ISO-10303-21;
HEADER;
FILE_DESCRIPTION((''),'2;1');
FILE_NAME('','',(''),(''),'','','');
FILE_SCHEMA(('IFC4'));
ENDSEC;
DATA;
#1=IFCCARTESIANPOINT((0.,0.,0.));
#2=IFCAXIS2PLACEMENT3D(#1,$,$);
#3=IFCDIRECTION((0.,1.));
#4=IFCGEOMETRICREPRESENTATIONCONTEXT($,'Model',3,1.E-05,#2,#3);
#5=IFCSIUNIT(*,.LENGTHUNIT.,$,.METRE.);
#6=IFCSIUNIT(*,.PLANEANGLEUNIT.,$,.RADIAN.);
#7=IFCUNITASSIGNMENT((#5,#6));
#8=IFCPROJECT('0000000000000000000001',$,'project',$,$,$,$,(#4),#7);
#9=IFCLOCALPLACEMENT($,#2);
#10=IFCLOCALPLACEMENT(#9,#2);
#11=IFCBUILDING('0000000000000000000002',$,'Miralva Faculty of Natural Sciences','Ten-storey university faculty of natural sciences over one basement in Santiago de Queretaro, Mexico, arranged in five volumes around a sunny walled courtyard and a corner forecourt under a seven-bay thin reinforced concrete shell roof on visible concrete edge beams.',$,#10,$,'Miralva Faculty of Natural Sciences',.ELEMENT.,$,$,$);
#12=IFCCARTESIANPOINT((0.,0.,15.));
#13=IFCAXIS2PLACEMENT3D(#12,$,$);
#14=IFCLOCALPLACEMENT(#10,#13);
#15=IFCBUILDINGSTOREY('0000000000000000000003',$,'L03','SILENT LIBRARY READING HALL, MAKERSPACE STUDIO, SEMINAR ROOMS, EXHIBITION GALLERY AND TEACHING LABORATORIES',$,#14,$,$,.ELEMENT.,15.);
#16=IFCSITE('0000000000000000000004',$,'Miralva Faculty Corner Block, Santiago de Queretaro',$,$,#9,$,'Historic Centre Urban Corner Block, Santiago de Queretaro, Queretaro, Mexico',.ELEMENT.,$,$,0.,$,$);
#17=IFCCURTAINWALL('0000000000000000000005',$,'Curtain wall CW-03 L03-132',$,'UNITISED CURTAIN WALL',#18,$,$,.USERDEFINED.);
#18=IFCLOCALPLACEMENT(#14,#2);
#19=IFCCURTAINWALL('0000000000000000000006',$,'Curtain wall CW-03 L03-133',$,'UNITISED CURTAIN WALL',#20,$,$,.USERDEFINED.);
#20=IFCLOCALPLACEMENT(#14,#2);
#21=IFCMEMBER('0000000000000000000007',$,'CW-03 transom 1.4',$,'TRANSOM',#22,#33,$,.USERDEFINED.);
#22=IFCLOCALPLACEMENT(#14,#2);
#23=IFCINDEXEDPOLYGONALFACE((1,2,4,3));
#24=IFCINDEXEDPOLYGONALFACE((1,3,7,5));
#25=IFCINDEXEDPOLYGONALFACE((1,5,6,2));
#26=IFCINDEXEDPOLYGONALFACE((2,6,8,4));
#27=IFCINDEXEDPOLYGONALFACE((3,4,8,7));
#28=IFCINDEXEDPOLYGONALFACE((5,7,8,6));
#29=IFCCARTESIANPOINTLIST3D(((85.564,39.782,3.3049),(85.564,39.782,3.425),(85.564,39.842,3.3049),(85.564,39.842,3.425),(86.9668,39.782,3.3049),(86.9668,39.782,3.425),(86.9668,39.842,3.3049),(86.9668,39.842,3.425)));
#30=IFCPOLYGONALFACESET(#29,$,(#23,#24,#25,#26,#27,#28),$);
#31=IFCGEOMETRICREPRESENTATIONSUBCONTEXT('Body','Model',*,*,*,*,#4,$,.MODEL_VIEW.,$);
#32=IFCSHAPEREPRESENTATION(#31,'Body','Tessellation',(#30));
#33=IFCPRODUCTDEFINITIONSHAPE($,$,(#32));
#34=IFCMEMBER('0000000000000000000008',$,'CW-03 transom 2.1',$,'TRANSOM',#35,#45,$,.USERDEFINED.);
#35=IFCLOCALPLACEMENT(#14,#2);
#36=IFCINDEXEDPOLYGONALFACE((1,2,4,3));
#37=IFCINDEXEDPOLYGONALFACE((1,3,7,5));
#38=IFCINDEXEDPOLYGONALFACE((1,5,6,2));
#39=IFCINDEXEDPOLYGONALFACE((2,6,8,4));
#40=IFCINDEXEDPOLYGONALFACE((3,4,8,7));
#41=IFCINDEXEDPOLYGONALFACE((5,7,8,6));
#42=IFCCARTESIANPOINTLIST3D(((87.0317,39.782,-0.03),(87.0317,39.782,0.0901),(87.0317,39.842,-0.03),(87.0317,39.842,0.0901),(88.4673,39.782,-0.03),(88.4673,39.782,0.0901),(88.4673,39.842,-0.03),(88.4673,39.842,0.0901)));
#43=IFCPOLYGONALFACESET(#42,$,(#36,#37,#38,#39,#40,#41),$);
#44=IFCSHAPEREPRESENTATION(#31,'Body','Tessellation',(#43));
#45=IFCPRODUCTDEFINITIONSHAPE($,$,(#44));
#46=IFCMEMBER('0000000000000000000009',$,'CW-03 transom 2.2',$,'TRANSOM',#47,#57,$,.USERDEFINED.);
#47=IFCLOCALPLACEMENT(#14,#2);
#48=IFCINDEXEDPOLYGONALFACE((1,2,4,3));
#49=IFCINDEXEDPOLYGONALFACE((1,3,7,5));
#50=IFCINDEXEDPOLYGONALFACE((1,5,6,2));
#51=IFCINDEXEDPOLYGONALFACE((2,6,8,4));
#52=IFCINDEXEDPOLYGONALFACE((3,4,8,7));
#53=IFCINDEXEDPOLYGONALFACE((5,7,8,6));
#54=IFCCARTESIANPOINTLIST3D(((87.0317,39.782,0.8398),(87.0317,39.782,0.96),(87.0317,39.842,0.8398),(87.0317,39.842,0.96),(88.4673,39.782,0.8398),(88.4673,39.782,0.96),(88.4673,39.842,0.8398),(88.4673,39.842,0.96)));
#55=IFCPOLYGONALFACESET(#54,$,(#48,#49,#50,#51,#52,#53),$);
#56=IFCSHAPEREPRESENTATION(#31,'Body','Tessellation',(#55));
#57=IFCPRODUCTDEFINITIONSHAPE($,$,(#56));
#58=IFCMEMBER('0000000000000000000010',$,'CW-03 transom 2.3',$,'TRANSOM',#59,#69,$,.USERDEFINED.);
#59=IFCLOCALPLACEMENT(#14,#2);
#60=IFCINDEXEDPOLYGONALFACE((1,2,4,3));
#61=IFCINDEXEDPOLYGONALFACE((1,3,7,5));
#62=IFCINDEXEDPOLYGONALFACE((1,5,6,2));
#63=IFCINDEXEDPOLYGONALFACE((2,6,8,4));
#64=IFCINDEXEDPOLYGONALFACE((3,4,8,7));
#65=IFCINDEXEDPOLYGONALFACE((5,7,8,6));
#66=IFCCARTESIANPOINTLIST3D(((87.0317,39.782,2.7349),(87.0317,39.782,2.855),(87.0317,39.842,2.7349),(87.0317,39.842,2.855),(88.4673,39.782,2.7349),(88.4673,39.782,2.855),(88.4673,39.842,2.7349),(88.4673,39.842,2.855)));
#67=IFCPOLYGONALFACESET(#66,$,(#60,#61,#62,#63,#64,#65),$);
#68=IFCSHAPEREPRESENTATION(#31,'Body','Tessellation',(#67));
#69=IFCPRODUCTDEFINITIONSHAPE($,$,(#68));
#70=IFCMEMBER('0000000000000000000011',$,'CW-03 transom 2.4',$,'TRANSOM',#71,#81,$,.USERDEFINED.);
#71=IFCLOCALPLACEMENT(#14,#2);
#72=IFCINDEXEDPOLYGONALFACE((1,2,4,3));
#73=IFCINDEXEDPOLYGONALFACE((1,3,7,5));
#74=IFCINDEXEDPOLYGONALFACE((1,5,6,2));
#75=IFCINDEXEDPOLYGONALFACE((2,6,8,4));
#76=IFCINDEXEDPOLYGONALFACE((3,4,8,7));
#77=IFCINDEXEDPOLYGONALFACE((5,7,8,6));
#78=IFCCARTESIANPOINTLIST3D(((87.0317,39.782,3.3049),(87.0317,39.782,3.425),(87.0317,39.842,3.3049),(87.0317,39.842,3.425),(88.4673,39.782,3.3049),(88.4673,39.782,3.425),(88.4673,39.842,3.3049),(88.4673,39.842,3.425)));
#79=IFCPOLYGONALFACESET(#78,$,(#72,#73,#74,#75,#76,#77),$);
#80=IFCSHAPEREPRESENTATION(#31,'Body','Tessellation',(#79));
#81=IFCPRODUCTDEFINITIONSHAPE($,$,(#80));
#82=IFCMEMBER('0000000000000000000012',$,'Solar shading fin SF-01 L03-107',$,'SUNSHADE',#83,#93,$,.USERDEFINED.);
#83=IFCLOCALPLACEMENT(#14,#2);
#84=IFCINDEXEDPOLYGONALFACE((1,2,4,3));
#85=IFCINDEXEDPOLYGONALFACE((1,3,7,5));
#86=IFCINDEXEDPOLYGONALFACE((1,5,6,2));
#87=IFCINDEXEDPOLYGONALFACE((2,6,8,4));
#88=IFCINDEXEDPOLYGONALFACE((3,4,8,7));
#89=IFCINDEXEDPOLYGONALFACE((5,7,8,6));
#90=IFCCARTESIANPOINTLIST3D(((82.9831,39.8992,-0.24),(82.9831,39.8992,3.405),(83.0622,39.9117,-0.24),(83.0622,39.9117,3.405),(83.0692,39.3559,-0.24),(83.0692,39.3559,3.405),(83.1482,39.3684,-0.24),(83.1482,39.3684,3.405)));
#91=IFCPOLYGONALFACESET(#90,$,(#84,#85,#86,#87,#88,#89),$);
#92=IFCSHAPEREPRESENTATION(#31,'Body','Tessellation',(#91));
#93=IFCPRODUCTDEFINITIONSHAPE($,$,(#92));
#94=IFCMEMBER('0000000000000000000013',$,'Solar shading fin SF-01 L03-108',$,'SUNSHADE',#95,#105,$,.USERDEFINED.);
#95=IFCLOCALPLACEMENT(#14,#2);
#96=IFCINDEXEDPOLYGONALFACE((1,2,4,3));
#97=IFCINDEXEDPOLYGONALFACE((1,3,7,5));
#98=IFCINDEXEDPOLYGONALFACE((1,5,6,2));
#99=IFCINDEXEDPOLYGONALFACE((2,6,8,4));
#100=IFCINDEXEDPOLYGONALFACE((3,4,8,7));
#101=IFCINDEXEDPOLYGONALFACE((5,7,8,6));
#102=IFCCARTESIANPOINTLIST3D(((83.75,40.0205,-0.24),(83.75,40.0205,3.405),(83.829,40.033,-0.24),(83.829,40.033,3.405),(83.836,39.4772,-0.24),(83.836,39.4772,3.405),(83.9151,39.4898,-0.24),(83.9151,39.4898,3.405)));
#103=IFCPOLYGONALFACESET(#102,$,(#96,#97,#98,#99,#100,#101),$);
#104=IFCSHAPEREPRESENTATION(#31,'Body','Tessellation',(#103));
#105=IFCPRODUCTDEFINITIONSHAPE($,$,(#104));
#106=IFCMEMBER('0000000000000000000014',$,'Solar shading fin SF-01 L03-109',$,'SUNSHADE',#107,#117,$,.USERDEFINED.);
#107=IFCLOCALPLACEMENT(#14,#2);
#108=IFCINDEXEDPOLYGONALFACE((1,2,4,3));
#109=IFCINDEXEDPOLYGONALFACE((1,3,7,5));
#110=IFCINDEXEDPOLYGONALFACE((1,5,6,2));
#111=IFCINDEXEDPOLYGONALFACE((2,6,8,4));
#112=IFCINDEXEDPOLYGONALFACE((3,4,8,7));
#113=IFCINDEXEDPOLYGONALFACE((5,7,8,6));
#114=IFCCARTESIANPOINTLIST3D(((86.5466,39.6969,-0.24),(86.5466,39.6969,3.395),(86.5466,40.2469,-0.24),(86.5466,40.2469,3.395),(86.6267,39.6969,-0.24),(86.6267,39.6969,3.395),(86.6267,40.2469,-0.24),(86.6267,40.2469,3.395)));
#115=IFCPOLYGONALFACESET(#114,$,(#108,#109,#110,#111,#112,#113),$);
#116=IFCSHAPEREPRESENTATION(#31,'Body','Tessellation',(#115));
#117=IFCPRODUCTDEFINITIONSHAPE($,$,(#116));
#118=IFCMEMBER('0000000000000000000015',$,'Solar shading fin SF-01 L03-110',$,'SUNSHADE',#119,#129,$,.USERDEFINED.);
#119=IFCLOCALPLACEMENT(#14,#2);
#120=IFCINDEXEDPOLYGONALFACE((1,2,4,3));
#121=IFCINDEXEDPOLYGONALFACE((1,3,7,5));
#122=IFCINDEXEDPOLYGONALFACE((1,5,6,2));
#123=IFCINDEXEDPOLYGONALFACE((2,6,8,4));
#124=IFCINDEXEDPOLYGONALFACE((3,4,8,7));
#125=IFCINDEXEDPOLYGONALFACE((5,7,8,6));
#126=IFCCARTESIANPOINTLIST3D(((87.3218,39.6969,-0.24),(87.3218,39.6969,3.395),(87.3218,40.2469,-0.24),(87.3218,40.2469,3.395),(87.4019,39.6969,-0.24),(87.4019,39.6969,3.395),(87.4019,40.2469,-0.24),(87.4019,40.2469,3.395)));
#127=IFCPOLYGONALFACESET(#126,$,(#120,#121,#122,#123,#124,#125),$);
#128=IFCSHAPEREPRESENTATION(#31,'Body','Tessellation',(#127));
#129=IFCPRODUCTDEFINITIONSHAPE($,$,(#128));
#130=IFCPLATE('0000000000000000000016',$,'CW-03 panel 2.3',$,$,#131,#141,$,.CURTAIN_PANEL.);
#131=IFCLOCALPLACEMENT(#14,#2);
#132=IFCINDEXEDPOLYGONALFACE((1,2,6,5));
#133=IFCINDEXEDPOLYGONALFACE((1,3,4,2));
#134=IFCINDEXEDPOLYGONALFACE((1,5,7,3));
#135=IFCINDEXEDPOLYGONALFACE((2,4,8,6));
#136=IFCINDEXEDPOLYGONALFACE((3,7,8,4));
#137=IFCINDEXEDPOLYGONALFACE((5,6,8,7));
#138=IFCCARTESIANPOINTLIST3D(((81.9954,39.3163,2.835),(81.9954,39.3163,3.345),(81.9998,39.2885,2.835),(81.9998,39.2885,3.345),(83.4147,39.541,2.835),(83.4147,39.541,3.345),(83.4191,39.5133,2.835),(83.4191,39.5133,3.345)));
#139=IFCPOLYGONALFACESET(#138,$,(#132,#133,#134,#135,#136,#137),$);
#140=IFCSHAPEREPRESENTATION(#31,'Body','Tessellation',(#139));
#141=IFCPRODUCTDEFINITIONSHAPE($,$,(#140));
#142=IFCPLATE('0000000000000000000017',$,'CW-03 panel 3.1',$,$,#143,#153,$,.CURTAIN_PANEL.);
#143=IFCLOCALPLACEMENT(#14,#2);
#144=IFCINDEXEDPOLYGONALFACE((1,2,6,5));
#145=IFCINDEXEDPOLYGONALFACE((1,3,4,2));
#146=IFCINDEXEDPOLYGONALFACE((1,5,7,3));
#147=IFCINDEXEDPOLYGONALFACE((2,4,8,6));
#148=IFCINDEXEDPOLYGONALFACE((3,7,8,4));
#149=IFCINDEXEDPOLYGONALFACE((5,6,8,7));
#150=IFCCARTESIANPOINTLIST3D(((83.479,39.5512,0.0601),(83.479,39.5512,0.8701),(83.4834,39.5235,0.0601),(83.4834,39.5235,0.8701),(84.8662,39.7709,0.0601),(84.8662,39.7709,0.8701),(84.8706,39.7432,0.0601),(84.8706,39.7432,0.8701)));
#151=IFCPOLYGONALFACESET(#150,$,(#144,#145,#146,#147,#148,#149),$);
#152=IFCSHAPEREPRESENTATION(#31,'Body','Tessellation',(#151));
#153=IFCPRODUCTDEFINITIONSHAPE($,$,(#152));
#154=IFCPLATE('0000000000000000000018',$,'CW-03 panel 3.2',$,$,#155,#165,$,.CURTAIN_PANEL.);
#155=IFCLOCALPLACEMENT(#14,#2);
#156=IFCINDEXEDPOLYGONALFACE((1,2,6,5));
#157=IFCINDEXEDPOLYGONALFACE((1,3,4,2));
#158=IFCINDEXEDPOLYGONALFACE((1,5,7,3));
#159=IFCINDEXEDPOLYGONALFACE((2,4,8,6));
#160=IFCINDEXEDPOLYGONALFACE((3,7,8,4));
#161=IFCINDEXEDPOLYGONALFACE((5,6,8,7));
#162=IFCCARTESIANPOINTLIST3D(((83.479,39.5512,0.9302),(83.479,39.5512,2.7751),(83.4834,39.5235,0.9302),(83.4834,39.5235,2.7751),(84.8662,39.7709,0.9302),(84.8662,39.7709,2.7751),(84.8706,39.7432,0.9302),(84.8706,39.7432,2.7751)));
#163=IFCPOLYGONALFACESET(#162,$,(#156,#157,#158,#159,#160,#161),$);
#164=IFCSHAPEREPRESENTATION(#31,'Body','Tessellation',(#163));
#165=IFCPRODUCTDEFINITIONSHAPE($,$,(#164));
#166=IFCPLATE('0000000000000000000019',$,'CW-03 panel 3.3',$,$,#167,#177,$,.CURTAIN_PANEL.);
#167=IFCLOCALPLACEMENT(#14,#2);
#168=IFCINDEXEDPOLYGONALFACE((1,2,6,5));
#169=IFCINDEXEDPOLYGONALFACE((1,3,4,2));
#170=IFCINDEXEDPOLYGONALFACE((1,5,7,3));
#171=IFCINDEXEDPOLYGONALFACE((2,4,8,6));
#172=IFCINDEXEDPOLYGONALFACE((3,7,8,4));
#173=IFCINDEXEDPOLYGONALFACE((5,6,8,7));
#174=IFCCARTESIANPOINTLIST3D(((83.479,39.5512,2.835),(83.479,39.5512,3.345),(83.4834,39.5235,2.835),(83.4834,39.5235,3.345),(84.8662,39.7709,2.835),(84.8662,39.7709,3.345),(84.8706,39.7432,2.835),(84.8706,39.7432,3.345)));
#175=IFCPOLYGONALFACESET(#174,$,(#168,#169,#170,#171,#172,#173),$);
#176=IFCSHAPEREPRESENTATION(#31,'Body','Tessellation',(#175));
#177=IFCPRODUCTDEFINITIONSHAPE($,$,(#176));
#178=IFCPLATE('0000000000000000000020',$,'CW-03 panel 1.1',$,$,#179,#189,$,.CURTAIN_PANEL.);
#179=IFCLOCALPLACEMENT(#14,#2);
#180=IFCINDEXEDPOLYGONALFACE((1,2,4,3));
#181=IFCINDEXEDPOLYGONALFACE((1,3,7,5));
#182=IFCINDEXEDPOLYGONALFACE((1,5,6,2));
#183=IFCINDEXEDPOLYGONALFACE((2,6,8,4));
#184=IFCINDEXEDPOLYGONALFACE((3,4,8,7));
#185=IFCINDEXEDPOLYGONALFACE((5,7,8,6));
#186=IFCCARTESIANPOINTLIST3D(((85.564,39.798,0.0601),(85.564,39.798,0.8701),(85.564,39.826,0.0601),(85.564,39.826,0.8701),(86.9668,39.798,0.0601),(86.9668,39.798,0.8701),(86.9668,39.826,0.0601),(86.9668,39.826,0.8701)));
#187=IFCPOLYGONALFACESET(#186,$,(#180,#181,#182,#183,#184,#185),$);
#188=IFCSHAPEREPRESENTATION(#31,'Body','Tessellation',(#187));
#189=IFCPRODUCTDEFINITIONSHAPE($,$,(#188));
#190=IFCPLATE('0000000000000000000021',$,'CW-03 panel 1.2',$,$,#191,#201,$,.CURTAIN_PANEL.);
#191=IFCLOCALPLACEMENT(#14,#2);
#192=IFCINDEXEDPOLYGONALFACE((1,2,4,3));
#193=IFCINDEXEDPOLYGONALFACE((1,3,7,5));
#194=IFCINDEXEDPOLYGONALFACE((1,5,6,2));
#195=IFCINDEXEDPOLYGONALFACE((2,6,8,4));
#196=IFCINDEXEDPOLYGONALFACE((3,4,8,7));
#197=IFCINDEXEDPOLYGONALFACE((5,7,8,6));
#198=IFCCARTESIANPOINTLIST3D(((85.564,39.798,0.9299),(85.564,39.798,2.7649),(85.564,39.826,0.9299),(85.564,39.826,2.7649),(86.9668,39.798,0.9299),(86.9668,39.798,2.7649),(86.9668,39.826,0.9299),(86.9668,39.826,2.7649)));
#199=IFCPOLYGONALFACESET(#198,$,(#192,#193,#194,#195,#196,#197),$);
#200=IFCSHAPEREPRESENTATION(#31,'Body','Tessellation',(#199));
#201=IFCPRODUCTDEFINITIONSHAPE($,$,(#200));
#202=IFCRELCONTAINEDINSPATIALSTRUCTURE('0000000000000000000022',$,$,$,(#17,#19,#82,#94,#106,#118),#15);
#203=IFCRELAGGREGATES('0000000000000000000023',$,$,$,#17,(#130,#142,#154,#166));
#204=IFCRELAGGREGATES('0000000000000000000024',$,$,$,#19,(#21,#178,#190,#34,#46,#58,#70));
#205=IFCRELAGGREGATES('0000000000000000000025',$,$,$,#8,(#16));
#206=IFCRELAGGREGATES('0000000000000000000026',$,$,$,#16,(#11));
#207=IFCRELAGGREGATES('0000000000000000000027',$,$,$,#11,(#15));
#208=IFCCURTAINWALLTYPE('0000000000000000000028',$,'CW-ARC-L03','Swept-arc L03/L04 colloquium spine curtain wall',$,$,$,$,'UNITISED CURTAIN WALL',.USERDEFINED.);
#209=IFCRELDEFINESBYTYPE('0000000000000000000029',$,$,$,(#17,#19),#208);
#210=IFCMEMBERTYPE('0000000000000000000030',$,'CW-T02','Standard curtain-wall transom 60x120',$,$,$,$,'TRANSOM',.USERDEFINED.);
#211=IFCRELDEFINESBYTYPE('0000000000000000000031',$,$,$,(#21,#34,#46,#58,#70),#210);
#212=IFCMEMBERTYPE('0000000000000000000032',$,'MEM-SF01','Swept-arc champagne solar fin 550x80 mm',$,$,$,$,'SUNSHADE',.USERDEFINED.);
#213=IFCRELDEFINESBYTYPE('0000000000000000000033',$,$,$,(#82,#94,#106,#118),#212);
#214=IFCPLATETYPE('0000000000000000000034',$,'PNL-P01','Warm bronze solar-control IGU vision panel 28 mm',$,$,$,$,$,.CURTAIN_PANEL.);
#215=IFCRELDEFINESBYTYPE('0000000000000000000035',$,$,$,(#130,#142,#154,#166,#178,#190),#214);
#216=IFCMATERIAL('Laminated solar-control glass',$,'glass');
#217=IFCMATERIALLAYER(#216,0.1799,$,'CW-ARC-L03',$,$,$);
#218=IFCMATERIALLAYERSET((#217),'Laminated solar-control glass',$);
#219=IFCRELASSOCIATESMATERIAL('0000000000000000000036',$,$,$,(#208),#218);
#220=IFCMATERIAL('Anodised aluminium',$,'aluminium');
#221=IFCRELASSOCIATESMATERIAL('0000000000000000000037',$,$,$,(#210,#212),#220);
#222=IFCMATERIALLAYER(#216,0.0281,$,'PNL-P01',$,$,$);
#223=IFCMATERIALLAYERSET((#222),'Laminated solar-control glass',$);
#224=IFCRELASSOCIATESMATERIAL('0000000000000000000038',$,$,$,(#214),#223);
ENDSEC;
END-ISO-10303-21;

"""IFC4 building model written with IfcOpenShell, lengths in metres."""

from ifc_helpers import new_model, si_unit, direction, frame, origin, origin_2d, place, context, subcontext, project, spatial, rectangle, extrude, material, layer, layer_set, material_profile, profile_set, type_object, element, aggregate, save


model = new_model("IFC4")

# Units and contexts
model_context = context("Model", 3, precision=1e-05, world=origin(), true_north=direction((0.0, 1.0)))
body_context = subcontext(model_context, "Body", "Model", "MODEL_VIEW")
ifc_project = project(units=[si_unit("LENGTHUNIT", "METRE"), si_unit("PLANEANGLEUNIT", "RADIAN")], contexts=[model_context])

# Site, building, storey
site_placement = place(None, origin())
site = spatial("IfcSite", under=ifc_project, at=site_placement, Name="Miralva Faculty Corner Block, Santiago de Queretaro", LongName="Historic Centre Urban Corner Block, Santiago de Queretaro, Queretaro, Mexico", CompositionType="ELEMENT", RefElevation=0.0)
building_placement = place(site_placement, origin())
building = spatial("IfcBuilding", under=site, at=building_placement, Name="Miralva Faculty of Natural Sciences", Description="Ten-storey university faculty of natural sciences over one basement in Santiago de Queretaro, Mexico, arranged in five volumes around a sunny walled courtyard and a corner forecourt under a seven-bay thin reinforced concrete shell roof on visible concrete edge beams.", LongName="Miralva Faculty of Natural Sciences", CompositionType="ELEMENT")
storey_placement = place(building_placement, frame((0.0, 0.0, 15.0)))
storey = spatial("IfcBuildingStorey", under=building, at=storey_placement, Name="L03", Description="SILENT LIBRARY READING HALL, MAKERSPACE STUDIO, SEMINAR ROOMS, EXHIBITION GALLERY AND TEACHING LABORATORIES", CompositionType="ELEMENT", Elevation=15.0)

# Curtain walls
ifc_material_1 = material(Name="Laminated solar-control glass", Category="glass")
ifc_layer_1 = layer(ifc_material_1, 0.1799, Name="CW-ARC-L03")
ifc_layer_set_1 = layer_set([ifc_layer_1], Name="Laminated solar-control glass")
curtain_wall_type = type_object("IfcCurtainWallType", Name="CW-ARC-L03", Description="Swept-arc L03/L04 colloquium spine curtain wall", ElementType="UNITISED CURTAIN WALL", PredefinedType="USERDEFINED", material=ifc_layer_set_1)
curtain_wall_1_placement = place(storey_placement, origin())
curtain_wall_1 = element("IfcCurtainWall", 1, at=curtain_wall_1_placement, inside=storey, type_object=curtain_wall_type, Name="Curtain wall CW-03 L03-132", ObjectType="UNITISED CURTAIN WALL", PredefinedType="USERDEFINED")
ifc_material_2 = material(Name="Anodised aluminium", Category="aluminium")
curtain_wall_2_placement = place(storey_placement, origin())
curtain_wall_2 = element("IfcCurtainWall", 2, at=curtain_wall_2_placement, inside=storey, type_object=curtain_wall_type, Name="Curtain wall CW-03 L03-133", ObjectType="UNITISED CURTAIN WALL", PredefinedType="USERDEFINED")

# Members
ifc_material_profile_1 = material_profile(ifc_material_2, rectangle(XDim=0.0601, YDim=0.1201, at=origin_2d()), Name="TRANSOM 60x120")
ifc_profile_set_1 = profile_set([ifc_material_profile_1], Name="Anodised aluminium")
member_type_1 = type_object("IfcMemberType", Name="CW-T02", Description="Standard curtain-wall transom 60x120", ElementType="TRANSOM", PredefinedType="USERDEFINED", material=ifc_profile_set_1)
member_1_placement = place(storey_placement, frame((85.564, 39.812, 3.365), z_axis=(1.0, 0.0, 0.0), x_axis=(0.0, 1.0, 0.0)))
member_1 = element("IfcMember", 3, at=member_1_placement, type_object=member_type_1, Name="CW-03 transom 1.4", ObjectType="TRANSOM", PredefinedType="USERDEFINED", context=body_context, shape_type="SweptSolid", body=[
    extrude(rectangle(XDim=0.0601, YDim=0.1201, at=origin_2d()), origin(), (0.0, 0.0, 1.0), 1.4028),
])
member_2_placement = place(storey_placement, frame((87.0317, 39.812, 0.03), z_axis=(1.0, 0.0, 0.0), x_axis=(0.0, 1.0, 0.0)))
member_2 = element("IfcMember", 4, at=member_2_placement, type_object=member_type_1, Name="CW-03 transom 2.1", ObjectType="TRANSOM", PredefinedType="USERDEFINED", context=body_context, shape_type="SweptSolid", body=[
    extrude(rectangle(XDim=0.0601, YDim=0.1201, at=origin_2d()), origin(), (0.0, 0.0, 1.0), 1.4355),
])
member_3_placement = place(storey_placement, frame((87.0317, 39.812, 0.8999), z_axis=(1.0, 0.0, 0.0), x_axis=(0.0, 1.0, 0.0)))
member_3 = element("IfcMember", 5, at=member_3_placement, type_object=member_type_1, Name="CW-03 transom 2.2", ObjectType="TRANSOM", PredefinedType="USERDEFINED", context=body_context, shape_type="SweptSolid", body=[
    extrude(rectangle(XDim=0.0601, YDim=0.1201, at=origin_2d()), origin(), (0.0, 0.0, 1.0), 1.4355),
])
member_4_placement = place(storey_placement, frame((87.0317, 39.812, 2.7949), z_axis=(1.0, 0.0, 0.0), x_axis=(0.0, 1.0, 0.0)))
member_4 = element("IfcMember", 6, at=member_4_placement, type_object=member_type_1, Name="CW-03 transom 2.3", ObjectType="TRANSOM", PredefinedType="USERDEFINED", context=body_context, shape_type="SweptSolid", body=[
    extrude(rectangle(XDim=0.0601, YDim=0.1201, at=origin_2d()), origin(), (0.0, 0.0, 1.0), 1.4355),
])
member_5_placement = place(storey_placement, frame((87.0317, 39.812, 3.365), z_axis=(1.0, 0.0, 0.0), x_axis=(0.0, 1.0, 0.0)))
member_5 = element("IfcMember", 7, at=member_5_placement, type_object=member_type_1, Name="CW-03 transom 2.4", ObjectType="TRANSOM", PredefinedType="USERDEFINED", context=body_context, shape_type="SweptSolid", body=[
    extrude(rectangle(XDim=0.0601, YDim=0.1201, at=origin_2d()), origin(), (0.0, 0.0, 1.0), 1.4355),
])

# Members
ifc_material_profile_2 = material_profile(ifc_material_2, rectangle(XDim=0.0801, YDim=0.55, at=origin_2d()), Name="FIN 550x80")
ifc_profile_set_2 = profile_set([ifc_material_profile_2], Name="Anodised aluminium")
member_type_2 = type_object("IfcMemberType", Name="MEM-SF01", Description="Swept-arc champagne solar fin 550x80 mm", ElementType="SUNSHADE", PredefinedType="USERDEFINED", material=ifc_profile_set_2)
for number, where, z_axis, x_axis, name in (
    (8, (83.0657, 39.6338, -0.24), (0.0, 0.0, 1.0), (-0.987688, -0.156434, 0.0), "Solar shading fin SF-01 L03-107"),
    (9, (83.8325, 39.7551, -0.24), (0.0, 0.0, 1.0), (-0.987688, -0.156434, 0.0), "Solar shading fin SF-01 L03-108"),
):
    element("IfcMember", number, at=place(storey_placement, frame(where, z_axis=z_axis, x_axis=x_axis)), inside=storey, type_object=member_type_2, Name=name, ObjectType="SUNSHADE", PredefinedType="USERDEFINED", context=body_context, shape_type="SweptSolid", body=[
        extrude(rectangle(XDim=0.0801, YDim=0.55, at=origin_2d()), origin(), (0.0, 0.0, 1.0), 3.645),
    ])
for number, where, z_axis, x_axis, name in (
    (10, (86.5867, 39.9719, -0.24), (0.0, 0.0, 1.0), (-1.0, 0.0, 0.0), "Solar shading fin SF-01 L03-109"),
    (11, (87.3618, 39.9719, -0.24), (0.0, 0.0, 1.0), (-1.0, 0.0, 0.0), "Solar shading fin SF-01 L03-110"),
):
    element("IfcMember", number, at=place(storey_placement, frame(where, z_axis=z_axis, x_axis=x_axis)), inside=storey, type_object=member_type_2, Name=name, ObjectType="SUNSHADE", PredefinedType="USERDEFINED", context=body_context, shape_type="SweptSolid", body=[
        extrude(rectangle(XDim=0.0801, YDim=0.55, at=origin_2d()), origin(), (0.0, 0.0, 1.0), 3.635),
    ])

# Plates
ifc_layer_2 = layer(ifc_material_1, 0.0281, Name="PNL-P01")
ifc_layer_set_2 = layer_set([ifc_layer_2], Name="Laminated solar-control glass")
plate_type = type_object("IfcPlateType", Name="PNL-P01", Description="Warm bronze solar-control IGU vision panel 28 mm", PredefinedType="CURTAIN_PANEL", material=ifc_layer_set_2)
plate_1_placement = place(storey_placement, frame((82.7073, 39.4148, 2.835), z_axis=(0.0, 0.0, 1.0), x_axis=(0.987691, 0.156415, 0.0)))
plate_1 = element("IfcPlate", 12, at=plate_1_placement, type_object=plate_type, Name="CW-03 panel 2.3", PredefinedType="CURTAIN_PANEL", context=body_context, shape_type="SweptSolid", body=[
    extrude(rectangle(XDim=1.437, YDim=0.0281, at=origin_2d()), origin(), (0.0, 0.0, 1.0), 0.51),
])
plate_2_placement = place(storey_placement, frame((84.1748, 39.6472, 0.0601), z_axis=(0.0, 0.0, 1.0), x_axis=(0.987691, 0.156415, 0.0)))
plate_2 = element("IfcPlate", 13, at=plate_2_placement, type_object=plate_type, Name="CW-03 panel 3.1", PredefinedType="CURTAIN_PANEL", context=body_context, shape_type="SweptSolid", body=[
    extrude(rectangle(XDim=1.4045, YDim=0.0281, at=origin_2d()), origin(), (0.0, 0.0, 1.0), 0.8101),
])
plate_3_placement = place(storey_placement, frame((84.1748, 39.6472, 0.9302), z_axis=(0.0, 0.0, 1.0), x_axis=(0.987691, 0.156415, 0.0)))
plate_3 = element("IfcPlate", 14, at=plate_3_placement, type_object=plate_type, Name="CW-03 panel 3.2", PredefinedType="CURTAIN_PANEL", context=body_context, shape_type="SweptSolid", body=[
    extrude(rectangle(XDim=1.4045, YDim=0.0281, at=origin_2d()), origin(), (0.0, 0.0, 1.0), 1.845),
])
plate_4_placement = place(storey_placement, frame((84.1748, 39.6472, 2.835), z_axis=(0.0, 0.0, 1.0), x_axis=(0.987691, 0.156415, 0.0)))
plate_4 = element("IfcPlate", 15, at=plate_4_placement, type_object=plate_type, Name="CW-03 panel 3.3", PredefinedType="CURTAIN_PANEL", context=body_context, shape_type="SweptSolid", body=[
    extrude(rectangle(XDim=1.4045, YDim=0.0281, at=origin_2d()), origin(), (0.0, 0.0, 1.0), 0.51),
])
aggregate(curtain_wall_1, [plate_1, plate_2, plate_3, plate_4])
plate_5_placement = place(storey_placement, frame((86.2654, 39.812, 0.0601), z_axis=(0.0, 0.0, 1.0), x_axis=(1.0, 0.0, 0.0)))
plate_5 = element("IfcPlate", 16, at=plate_5_placement, type_object=plate_type, Name="CW-03 panel 1.1", PredefinedType="CURTAIN_PANEL", context=body_context, shape_type="SweptSolid", body=[
    extrude(rectangle(XDim=1.4028, YDim=0.0281, at=origin_2d()), origin(), (0.0, 0.0, 1.0), 0.8101),
])
plate_6_placement = place(storey_placement, frame((86.2654, 39.812, 0.9299), z_axis=(0.0, 0.0, 1.0), x_axis=(1.0, 0.0, 0.0)))
plate_6 = element("IfcPlate", 17, at=plate_6_placement, type_object=plate_type, Name="CW-03 panel 1.2", PredefinedType="CURTAIN_PANEL", context=body_context, shape_type="SweptSolid", body=[
    extrude(rectangle(XDim=1.4028, YDim=0.0281, at=origin_2d()), origin(), (0.0, 0.0, 1.0), 1.835),
])
aggregate(curtain_wall_2, [member_1, plate_5, plate_6, member_2, member_3, member_4, member_5])

save(model, "model.ifc")
